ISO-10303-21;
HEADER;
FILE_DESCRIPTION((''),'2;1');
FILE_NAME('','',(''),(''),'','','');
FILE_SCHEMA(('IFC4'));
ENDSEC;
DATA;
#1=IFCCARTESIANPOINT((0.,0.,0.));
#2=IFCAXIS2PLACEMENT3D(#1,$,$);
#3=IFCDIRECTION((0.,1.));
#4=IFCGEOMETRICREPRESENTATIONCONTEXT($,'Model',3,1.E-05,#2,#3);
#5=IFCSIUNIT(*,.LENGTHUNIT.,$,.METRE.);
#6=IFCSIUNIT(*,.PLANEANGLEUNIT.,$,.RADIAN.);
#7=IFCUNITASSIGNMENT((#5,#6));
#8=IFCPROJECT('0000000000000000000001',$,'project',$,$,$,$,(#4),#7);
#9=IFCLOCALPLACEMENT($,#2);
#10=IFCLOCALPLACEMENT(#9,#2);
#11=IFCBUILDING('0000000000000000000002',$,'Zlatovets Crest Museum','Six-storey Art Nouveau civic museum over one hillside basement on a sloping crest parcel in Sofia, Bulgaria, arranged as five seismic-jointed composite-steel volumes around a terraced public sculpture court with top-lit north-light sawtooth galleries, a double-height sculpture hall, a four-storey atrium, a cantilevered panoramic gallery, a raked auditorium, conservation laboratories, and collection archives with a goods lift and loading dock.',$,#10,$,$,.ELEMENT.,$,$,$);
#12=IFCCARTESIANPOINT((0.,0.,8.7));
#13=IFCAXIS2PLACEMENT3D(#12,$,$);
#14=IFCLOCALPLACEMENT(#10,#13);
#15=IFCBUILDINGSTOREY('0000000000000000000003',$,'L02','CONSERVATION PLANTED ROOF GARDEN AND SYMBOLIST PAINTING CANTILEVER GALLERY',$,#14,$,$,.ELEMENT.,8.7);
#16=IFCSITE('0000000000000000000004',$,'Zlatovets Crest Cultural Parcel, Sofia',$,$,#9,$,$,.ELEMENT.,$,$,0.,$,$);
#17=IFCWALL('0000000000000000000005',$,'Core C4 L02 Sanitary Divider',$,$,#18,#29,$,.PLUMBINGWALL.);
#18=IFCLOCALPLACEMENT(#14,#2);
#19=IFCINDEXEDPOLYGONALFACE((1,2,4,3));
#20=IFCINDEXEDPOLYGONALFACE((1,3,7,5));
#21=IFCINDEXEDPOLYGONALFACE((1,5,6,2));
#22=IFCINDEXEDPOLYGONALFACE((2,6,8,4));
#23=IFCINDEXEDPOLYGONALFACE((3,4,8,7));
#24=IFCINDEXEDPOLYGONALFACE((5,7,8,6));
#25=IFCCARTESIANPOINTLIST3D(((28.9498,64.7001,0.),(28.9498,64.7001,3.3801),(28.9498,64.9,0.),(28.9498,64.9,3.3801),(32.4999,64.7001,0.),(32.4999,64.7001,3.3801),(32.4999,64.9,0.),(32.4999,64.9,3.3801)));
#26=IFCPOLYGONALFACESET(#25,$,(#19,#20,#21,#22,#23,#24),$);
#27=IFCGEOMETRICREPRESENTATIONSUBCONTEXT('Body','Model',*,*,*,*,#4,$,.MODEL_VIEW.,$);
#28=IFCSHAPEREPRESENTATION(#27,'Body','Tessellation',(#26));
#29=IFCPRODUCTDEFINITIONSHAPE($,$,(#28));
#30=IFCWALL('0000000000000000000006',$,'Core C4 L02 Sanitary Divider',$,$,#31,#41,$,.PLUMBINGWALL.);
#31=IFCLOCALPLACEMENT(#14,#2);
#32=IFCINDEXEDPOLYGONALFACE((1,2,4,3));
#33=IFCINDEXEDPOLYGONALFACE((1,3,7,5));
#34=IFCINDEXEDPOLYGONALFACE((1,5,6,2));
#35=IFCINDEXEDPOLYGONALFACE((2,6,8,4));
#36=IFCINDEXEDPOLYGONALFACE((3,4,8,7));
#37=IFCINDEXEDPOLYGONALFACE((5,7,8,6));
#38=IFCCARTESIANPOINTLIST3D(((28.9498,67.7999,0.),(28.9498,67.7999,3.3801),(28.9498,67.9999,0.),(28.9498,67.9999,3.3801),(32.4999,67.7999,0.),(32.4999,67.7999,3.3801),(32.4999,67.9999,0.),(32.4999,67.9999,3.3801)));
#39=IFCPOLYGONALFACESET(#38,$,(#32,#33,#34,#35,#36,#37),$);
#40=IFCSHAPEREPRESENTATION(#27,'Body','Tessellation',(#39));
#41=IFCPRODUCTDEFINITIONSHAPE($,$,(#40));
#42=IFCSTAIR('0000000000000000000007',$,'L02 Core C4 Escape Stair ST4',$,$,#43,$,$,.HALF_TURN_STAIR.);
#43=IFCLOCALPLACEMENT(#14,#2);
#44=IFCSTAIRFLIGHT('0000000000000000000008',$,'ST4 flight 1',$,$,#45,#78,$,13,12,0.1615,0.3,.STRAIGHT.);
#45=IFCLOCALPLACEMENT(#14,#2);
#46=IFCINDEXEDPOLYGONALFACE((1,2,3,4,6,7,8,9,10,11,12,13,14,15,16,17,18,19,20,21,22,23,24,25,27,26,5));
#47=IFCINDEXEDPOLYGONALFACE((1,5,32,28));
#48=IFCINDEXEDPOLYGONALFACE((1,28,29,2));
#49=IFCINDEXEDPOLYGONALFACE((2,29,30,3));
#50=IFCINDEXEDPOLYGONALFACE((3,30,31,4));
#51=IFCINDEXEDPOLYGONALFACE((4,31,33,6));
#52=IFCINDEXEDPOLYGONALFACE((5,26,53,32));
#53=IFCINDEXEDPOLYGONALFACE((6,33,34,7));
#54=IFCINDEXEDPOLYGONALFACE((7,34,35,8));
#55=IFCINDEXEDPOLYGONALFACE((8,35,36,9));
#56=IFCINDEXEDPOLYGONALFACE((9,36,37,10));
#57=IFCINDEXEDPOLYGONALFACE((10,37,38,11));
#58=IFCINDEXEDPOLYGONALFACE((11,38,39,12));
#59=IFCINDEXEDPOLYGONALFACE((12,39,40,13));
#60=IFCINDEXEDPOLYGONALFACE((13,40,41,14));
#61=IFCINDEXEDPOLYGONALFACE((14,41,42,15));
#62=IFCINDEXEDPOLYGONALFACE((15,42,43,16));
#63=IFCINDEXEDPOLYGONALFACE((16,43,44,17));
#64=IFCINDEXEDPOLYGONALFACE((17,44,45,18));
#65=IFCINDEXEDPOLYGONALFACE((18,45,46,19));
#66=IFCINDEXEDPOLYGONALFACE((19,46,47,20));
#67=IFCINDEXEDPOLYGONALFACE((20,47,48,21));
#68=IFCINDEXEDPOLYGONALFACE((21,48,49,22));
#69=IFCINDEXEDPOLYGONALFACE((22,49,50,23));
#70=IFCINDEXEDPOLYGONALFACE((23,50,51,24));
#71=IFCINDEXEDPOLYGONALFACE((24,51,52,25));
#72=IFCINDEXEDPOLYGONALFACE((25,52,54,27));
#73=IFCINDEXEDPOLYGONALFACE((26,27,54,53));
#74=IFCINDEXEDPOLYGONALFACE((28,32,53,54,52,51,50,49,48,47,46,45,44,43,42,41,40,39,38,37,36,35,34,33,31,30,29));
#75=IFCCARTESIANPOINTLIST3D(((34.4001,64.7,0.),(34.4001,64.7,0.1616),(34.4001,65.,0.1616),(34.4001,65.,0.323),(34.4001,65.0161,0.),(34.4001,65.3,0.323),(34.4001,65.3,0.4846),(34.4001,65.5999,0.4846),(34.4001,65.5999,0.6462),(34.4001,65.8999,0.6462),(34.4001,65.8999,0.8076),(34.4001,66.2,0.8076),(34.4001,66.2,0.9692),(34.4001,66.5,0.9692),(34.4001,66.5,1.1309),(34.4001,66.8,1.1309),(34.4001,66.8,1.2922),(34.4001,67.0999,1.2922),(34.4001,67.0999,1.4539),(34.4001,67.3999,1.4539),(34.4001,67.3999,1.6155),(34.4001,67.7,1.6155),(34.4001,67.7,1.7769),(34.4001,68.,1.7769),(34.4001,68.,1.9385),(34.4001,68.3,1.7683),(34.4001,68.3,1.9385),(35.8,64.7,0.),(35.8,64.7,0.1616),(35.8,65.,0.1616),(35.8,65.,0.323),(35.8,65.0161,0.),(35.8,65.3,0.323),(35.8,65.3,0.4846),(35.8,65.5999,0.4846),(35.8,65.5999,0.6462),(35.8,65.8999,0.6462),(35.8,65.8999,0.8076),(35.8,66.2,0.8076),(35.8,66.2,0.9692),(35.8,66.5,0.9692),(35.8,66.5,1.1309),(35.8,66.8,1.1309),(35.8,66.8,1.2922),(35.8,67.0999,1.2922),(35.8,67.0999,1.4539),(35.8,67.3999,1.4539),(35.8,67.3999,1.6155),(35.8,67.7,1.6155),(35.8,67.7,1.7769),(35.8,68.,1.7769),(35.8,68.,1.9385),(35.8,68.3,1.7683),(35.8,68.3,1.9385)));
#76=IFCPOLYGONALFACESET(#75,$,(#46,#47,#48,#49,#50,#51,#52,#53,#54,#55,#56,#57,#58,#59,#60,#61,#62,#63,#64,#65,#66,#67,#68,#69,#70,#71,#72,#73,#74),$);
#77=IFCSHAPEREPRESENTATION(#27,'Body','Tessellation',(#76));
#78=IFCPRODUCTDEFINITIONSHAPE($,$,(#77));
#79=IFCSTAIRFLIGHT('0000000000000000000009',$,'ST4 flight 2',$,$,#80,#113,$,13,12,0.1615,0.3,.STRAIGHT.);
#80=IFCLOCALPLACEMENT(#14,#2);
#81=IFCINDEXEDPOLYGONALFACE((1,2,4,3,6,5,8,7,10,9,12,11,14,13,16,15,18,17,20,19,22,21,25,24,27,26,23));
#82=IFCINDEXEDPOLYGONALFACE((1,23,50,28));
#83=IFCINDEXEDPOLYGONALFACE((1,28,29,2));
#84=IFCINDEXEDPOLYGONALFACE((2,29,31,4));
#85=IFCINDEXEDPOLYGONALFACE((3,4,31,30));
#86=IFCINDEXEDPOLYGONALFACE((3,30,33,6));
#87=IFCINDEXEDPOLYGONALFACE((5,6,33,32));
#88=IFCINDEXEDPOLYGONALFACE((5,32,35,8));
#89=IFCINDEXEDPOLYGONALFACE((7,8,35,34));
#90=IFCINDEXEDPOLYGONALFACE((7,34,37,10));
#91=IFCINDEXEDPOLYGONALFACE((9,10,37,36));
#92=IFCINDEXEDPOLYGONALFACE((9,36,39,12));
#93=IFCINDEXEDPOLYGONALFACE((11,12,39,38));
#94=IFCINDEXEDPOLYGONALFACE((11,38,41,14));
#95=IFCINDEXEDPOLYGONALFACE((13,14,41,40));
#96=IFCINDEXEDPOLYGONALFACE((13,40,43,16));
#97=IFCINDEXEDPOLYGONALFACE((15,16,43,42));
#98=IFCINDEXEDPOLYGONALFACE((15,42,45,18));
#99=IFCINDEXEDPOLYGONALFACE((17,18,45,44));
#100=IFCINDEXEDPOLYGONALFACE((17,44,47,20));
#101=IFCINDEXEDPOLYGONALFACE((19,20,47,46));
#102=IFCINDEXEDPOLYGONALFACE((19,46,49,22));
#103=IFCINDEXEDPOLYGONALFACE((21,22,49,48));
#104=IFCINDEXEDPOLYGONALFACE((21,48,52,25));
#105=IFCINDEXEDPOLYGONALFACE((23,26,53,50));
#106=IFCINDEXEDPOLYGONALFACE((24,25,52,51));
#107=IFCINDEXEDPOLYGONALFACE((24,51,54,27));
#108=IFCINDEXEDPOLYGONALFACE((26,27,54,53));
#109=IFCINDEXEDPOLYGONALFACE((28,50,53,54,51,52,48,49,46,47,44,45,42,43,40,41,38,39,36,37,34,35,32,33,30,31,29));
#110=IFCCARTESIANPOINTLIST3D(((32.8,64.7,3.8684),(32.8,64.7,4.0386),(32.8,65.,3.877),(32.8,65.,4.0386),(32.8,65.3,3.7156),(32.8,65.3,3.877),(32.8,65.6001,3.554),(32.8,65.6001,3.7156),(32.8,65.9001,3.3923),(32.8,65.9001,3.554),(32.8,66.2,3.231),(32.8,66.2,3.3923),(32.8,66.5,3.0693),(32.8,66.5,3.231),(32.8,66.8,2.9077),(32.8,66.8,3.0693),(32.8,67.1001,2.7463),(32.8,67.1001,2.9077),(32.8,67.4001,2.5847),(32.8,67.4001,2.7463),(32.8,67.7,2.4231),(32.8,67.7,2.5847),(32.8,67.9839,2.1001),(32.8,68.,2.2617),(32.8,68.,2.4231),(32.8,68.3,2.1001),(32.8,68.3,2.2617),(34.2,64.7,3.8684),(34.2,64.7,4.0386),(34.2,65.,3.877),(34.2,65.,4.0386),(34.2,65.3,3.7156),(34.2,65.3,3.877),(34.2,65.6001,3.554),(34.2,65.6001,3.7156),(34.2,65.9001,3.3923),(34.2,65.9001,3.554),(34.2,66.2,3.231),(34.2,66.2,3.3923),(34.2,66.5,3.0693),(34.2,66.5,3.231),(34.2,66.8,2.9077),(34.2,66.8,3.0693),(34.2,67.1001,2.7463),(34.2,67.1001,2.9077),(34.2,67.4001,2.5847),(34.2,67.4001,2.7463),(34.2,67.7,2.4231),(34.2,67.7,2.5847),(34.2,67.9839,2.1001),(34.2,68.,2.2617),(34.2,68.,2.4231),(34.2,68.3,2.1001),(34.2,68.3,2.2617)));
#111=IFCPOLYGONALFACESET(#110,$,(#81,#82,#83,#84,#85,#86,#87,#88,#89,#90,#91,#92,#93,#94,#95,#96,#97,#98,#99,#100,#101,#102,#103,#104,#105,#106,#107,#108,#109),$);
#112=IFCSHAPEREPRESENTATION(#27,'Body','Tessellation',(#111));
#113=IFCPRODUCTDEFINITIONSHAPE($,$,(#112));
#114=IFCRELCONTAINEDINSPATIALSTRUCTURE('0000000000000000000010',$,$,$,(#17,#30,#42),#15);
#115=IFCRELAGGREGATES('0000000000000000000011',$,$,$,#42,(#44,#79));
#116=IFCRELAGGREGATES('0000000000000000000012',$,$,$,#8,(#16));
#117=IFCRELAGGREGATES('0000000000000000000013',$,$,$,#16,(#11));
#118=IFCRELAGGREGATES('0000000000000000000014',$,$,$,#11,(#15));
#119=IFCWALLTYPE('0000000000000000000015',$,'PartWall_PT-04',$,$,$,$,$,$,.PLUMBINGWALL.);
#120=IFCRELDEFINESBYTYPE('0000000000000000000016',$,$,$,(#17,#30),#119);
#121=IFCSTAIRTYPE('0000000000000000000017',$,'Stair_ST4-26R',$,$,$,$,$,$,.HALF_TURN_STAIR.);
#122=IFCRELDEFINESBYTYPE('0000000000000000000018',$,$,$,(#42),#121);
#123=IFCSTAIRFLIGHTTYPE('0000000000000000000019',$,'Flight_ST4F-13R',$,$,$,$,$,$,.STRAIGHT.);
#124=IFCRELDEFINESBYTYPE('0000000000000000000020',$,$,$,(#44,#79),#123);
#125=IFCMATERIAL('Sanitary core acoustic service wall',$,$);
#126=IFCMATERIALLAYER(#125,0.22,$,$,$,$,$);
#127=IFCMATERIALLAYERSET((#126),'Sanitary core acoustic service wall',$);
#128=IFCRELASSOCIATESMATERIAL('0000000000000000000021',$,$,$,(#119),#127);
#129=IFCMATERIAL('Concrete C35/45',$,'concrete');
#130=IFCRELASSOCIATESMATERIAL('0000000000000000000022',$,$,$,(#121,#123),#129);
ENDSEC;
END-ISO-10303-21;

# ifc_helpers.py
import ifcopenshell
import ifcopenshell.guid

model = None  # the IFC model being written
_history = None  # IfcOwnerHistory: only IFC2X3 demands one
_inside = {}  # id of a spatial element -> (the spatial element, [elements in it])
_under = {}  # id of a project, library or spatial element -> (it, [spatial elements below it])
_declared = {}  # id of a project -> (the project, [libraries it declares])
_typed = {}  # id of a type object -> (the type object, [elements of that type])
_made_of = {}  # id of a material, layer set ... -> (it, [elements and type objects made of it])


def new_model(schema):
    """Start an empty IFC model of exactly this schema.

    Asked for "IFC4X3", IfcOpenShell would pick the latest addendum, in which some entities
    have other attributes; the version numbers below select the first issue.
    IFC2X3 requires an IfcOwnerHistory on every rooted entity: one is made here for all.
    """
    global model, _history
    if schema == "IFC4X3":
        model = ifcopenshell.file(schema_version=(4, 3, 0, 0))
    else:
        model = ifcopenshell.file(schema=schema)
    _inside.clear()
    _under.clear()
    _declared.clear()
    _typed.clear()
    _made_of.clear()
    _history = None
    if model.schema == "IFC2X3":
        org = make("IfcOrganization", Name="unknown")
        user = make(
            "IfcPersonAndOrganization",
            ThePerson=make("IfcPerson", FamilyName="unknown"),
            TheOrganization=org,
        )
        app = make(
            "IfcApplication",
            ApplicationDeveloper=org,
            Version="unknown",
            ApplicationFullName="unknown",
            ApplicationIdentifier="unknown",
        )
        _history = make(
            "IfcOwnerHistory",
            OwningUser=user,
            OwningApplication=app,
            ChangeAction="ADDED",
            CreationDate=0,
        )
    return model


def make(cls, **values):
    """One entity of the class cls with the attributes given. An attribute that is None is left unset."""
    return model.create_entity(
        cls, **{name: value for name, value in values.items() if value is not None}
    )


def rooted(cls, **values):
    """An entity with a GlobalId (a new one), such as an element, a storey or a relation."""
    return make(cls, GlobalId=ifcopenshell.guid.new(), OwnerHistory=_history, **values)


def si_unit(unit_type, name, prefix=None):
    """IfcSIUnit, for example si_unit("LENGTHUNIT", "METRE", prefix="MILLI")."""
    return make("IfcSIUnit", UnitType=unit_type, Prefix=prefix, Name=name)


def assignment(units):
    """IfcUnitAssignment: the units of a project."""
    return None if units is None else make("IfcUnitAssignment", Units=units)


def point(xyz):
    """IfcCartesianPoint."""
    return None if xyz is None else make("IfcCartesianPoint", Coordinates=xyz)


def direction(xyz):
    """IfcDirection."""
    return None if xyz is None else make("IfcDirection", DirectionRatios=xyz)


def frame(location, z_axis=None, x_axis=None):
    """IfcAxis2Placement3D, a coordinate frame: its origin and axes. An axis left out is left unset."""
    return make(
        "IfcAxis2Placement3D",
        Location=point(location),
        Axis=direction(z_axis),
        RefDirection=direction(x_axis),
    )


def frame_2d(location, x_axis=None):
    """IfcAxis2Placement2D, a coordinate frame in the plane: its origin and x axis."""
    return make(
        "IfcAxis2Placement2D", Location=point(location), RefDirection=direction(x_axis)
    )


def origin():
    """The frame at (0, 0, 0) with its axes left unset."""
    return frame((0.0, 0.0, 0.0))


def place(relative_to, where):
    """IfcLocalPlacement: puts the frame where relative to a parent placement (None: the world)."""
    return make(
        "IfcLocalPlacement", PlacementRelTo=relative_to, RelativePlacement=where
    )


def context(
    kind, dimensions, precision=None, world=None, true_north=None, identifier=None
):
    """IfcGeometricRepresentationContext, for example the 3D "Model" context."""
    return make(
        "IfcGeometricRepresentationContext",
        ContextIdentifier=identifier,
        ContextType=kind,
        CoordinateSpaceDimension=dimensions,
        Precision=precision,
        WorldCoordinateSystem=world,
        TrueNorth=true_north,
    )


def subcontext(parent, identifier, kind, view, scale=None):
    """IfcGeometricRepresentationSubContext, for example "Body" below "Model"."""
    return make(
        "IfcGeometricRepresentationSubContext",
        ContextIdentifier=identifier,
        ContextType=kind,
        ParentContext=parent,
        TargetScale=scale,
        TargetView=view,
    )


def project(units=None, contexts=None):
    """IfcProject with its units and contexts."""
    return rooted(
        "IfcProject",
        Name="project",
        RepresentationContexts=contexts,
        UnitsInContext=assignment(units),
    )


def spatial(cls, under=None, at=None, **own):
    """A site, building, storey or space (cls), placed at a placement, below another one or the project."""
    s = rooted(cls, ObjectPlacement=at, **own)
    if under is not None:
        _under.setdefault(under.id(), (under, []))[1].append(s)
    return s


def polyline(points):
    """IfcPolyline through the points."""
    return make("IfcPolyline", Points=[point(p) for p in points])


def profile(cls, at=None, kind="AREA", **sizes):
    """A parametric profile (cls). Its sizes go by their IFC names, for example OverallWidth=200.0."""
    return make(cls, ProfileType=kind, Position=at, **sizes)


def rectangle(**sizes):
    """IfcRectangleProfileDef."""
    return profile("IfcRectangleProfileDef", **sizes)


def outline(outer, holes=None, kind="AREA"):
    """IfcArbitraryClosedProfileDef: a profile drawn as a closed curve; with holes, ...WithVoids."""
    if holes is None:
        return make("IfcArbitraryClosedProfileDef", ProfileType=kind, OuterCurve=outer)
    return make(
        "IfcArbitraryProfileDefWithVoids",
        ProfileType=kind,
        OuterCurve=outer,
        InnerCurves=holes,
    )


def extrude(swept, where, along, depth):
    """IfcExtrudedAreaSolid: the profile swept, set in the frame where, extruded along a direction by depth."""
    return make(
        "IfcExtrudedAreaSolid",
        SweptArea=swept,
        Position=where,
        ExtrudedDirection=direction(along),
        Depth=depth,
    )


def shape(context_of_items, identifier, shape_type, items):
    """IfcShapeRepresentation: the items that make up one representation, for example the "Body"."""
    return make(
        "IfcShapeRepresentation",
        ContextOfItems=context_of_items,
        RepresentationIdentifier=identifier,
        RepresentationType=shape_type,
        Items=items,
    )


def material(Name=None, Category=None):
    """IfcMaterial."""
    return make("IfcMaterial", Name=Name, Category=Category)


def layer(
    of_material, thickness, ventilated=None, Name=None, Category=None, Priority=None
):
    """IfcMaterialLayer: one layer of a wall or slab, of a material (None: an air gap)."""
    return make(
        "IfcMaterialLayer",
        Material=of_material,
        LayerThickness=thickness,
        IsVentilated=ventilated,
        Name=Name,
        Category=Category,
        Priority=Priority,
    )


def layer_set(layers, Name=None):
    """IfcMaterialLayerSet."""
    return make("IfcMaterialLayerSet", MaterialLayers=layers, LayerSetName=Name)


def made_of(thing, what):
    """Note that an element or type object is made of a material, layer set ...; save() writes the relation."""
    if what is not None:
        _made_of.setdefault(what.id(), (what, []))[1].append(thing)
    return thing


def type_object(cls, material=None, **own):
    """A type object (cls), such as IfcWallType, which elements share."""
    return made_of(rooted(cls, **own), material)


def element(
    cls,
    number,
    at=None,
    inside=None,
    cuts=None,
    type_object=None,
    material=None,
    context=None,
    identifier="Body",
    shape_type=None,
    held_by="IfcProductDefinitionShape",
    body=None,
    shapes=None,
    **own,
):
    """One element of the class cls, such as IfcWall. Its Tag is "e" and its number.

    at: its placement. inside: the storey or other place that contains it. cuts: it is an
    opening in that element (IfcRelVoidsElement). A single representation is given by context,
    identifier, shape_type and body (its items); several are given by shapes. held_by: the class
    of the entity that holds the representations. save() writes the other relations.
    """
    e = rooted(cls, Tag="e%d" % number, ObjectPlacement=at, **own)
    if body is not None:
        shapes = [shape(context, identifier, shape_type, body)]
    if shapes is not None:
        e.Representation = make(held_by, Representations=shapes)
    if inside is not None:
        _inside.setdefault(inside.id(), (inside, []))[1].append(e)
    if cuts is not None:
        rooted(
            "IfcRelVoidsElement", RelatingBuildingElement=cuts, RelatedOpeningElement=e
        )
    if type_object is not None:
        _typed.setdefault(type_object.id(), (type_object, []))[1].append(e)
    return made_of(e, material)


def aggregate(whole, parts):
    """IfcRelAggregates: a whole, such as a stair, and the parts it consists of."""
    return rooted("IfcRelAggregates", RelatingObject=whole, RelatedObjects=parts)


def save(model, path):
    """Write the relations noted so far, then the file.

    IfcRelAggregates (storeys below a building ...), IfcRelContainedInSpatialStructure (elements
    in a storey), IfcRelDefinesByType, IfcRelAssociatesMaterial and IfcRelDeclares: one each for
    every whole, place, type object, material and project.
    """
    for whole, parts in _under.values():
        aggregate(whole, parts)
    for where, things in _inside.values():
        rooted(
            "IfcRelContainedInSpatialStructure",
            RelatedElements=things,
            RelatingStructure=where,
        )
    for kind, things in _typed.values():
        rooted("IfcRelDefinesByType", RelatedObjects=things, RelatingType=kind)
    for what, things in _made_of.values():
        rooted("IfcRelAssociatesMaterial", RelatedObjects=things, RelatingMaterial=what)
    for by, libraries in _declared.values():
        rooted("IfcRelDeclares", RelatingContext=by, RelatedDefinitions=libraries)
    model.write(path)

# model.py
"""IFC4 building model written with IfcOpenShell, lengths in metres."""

from ifc_helpers import new_model, si_unit, direction, frame, frame_2d, origin, place, context, subcontext, project, spatial, polyline, rectangle, outline, extrude, material, layer, layer_set, type_object, element, aggregate, save


model = new_model("IFC4")

# Units and contexts
model_context = context("Model", 3, precision=1e-05, world=origin(), true_north=direction((0.0, 1.0)))
body_context = subcontext(model_context, "Body", "Model", "MODEL_VIEW")
ifc_project = project(units=[si_unit("LENGTHUNIT", "METRE"), si_unit("PLANEANGLEUNIT", "RADIAN")], contexts=[model_context])

# Site, building, storey
site_placement = place(None, origin())
site = spatial("IfcSite", under=ifc_project, at=site_placement, Name="Zlatovets Crest Cultural Parcel, Sofia", CompositionType="ELEMENT", RefElevation=0.0)
building_placement = place(site_placement, origin())
building = spatial("IfcBuilding", under=site, at=building_placement, Name="Zlatovets Crest Museum", Description="Six-storey Art Nouveau civic museum over one hillside basement on a sloping crest parcel in Sofia, Bulgaria, arranged as five seismic-jointed composite-steel volumes around a terraced public sculpture court with top-lit north-light sawtooth galleries, a double-height sculpture hall, a four-storey atrium, a cantilevered panoramic gallery, a raked auditorium, conservation laboratories, and collection archives with a goods lift and loading dock.", CompositionType="ELEMENT")
storey_placement = place(building_placement, frame((0.0, 0.0, 8.7)))
storey = spatial("IfcBuildingStorey", under=building, at=storey_placement, Name="L02", Description="CONSERVATION PLANTED ROOF GARDEN AND SYMBOLIST PAINTING CANTILEVER GALLERY", CompositionType="ELEMENT", Elevation=8.7)

# Walls
ifc_material_1 = material(Name="Concrete C35/45", Category="concrete")
ifc_material_2 = material(Name="Sanitary core acoustic service wall")
ifc_layer_1 = layer(ifc_material_2, 0.22)
ifc_layer_set_1 = layer_set([ifc_layer_1], Name="Sanitary core acoustic service wall")
wall_type_1 = type_object("IfcWallType", Name="PartWall_PT-04", PredefinedType="PLUMBINGWALL", material=ifc_layer_set_1)
for number, where, z_axis, x_axis, name in (
    (1, (28.95, 64.8, 0.0), (0.0, 0.0, 1.0), (1.0, 0.0, 0.0), "Core C4 L02 Sanitary Divider"),
    (2, (28.95, 67.8999, 0.0), (0.0, 0.0, 1.0), (1.0, 0.0, 0.0), "Core C4 L02 Sanitary Divider"),
):
    element("IfcWall", number, at=place(storey_placement, frame(where, z_axis=z_axis, x_axis=x_axis)), inside=storey, type_object=wall_type_1, Name=name, PredefinedType="PLUMBINGWALL", context=body_context, shape_type="SweptSolid", body=[
        extrude(rectangle(XDim=3.55, YDim=0.2, at=frame_2d((1.7749, 0.0))), origin(), (0.0, 0.0, 1.0), 3.3801),
    ])

# Stair, stair flights
stair_type = type_object("IfcStairType", Name="Stair_ST4-26R", PredefinedType="HALF_TURN_STAIR", material=ifc_material_1)
stair_placement = place(storey_placement, origin())
stair = element("IfcStair", 3, at=stair_placement, inside=storey, type_object=stair_type, Name="L02 Core C4 Escape Stair ST4", PredefinedType="HALF_TURN_STAIR")
stair_flight_type = type_object("IfcStairFlightType", Name="Flight_ST4F-13R", PredefinedType="STRAIGHT", material=ifc_material_1)
stair_flight_1_placement = place(storey_placement, frame((35.1001, 64.7, 0.0), z_axis=(0.0, 0.0, 1.0), x_axis=(0.0, 1.0, 0.0)))
stair_flight_1 = element("IfcStairFlight", 4, at=stair_flight_1_placement, type_object=stair_flight_type, Name="ST4 flight 1", NumberOfRisers=13, NumberOfTreads=12, PredefinedType="STRAIGHT", RiserHeight=0.1615, TreadLength=0.3, context=body_context, shape_type="SweptSolid", body=[
    extrude(outline(polyline([(0.0, 0.0), (0.0, 0.1616), (0.3, 0.1616), (0.3, 0.323), (0.6001, 0.323), (0.6001, 0.4846), (0.8999, 0.4846), (0.8999, 0.6462), (1.2, 0.6462), (1.2, 0.8076), (1.5, 0.8076), (1.5, 0.9692), (1.8, 0.9692), (1.8, 1.1309), (2.1001, 1.1309), (2.1001, 1.2922), (2.3999, 1.2922), (2.3999, 1.4539), (2.7, 1.4539), (2.7, 1.6155), (3.0, 1.6155), (3.0, 1.7769), (3.3, 1.7769), (3.3, 1.9385), (3.6001, 1.9385), (3.6001, 2.1001), (3.6001, 1.7683), (0.3162, 0.0), (0.0, 0.0)])), frame((0.0, 0.7, 0.0), z_axis=(0.0, -1.0, 0.0), x_axis=(1.0, 0.0, 0.0)), (0.0, 0.0, 1.0), 1.3999),
])
stair_flight_2_placement = place(storey_placement, frame((33.5, 68.3, 2.1001), z_axis=(0.0, 0.0, 1.0), x_axis=(0.0, -1.0, 0.0)))
stair_flight_2 = element("IfcStairFlight", 5, at=stair_flight_2_placement, type_object=stair_flight_type, Name="ST4 flight 2", NumberOfRisers=13, NumberOfTreads=12, PredefinedType="STRAIGHT", RiserHeight=0.1615, TreadLength=0.3, context=body_context, shape_type="SweptSolid", body=[
    extrude(outline(polyline([(0.0, 0.0), (0.0, 0.1616), (0.3, 0.1616), (0.3, 0.323), (0.6001, 0.323), (0.6001, 0.4846), (0.8999, 0.4846), (0.8999, 0.6462), (1.2, 0.6462), (1.2, 0.8076), (1.5, 0.8076), (1.5, 0.9692), (1.8, 0.9692), (1.8, 1.1309), (2.1001, 1.1309), (2.1001, 1.2922), (2.3999, 1.2922), (2.3999, 1.4539), (2.7, 1.4539), (2.7, 1.6155), (3.0, 1.6155), (3.0, 1.7769), (3.3, 1.7769), (3.3, 1.9385), (3.6001, 1.9385), (3.6001, 2.1001), (3.6001, 1.7683), (0.3162, 0.0), (0.0, 0.0)])), frame((0.0, 0.7, 0.0), z_axis=(0.0, -1.0, 0.0), x_axis=(1.0, 0.0, 0.0)), (0.0, 0.0, 1.0), 1.3999),
])
aggregate(stair, [stair_flight_1, stair_flight_2])

save(model, "model.ifc")
